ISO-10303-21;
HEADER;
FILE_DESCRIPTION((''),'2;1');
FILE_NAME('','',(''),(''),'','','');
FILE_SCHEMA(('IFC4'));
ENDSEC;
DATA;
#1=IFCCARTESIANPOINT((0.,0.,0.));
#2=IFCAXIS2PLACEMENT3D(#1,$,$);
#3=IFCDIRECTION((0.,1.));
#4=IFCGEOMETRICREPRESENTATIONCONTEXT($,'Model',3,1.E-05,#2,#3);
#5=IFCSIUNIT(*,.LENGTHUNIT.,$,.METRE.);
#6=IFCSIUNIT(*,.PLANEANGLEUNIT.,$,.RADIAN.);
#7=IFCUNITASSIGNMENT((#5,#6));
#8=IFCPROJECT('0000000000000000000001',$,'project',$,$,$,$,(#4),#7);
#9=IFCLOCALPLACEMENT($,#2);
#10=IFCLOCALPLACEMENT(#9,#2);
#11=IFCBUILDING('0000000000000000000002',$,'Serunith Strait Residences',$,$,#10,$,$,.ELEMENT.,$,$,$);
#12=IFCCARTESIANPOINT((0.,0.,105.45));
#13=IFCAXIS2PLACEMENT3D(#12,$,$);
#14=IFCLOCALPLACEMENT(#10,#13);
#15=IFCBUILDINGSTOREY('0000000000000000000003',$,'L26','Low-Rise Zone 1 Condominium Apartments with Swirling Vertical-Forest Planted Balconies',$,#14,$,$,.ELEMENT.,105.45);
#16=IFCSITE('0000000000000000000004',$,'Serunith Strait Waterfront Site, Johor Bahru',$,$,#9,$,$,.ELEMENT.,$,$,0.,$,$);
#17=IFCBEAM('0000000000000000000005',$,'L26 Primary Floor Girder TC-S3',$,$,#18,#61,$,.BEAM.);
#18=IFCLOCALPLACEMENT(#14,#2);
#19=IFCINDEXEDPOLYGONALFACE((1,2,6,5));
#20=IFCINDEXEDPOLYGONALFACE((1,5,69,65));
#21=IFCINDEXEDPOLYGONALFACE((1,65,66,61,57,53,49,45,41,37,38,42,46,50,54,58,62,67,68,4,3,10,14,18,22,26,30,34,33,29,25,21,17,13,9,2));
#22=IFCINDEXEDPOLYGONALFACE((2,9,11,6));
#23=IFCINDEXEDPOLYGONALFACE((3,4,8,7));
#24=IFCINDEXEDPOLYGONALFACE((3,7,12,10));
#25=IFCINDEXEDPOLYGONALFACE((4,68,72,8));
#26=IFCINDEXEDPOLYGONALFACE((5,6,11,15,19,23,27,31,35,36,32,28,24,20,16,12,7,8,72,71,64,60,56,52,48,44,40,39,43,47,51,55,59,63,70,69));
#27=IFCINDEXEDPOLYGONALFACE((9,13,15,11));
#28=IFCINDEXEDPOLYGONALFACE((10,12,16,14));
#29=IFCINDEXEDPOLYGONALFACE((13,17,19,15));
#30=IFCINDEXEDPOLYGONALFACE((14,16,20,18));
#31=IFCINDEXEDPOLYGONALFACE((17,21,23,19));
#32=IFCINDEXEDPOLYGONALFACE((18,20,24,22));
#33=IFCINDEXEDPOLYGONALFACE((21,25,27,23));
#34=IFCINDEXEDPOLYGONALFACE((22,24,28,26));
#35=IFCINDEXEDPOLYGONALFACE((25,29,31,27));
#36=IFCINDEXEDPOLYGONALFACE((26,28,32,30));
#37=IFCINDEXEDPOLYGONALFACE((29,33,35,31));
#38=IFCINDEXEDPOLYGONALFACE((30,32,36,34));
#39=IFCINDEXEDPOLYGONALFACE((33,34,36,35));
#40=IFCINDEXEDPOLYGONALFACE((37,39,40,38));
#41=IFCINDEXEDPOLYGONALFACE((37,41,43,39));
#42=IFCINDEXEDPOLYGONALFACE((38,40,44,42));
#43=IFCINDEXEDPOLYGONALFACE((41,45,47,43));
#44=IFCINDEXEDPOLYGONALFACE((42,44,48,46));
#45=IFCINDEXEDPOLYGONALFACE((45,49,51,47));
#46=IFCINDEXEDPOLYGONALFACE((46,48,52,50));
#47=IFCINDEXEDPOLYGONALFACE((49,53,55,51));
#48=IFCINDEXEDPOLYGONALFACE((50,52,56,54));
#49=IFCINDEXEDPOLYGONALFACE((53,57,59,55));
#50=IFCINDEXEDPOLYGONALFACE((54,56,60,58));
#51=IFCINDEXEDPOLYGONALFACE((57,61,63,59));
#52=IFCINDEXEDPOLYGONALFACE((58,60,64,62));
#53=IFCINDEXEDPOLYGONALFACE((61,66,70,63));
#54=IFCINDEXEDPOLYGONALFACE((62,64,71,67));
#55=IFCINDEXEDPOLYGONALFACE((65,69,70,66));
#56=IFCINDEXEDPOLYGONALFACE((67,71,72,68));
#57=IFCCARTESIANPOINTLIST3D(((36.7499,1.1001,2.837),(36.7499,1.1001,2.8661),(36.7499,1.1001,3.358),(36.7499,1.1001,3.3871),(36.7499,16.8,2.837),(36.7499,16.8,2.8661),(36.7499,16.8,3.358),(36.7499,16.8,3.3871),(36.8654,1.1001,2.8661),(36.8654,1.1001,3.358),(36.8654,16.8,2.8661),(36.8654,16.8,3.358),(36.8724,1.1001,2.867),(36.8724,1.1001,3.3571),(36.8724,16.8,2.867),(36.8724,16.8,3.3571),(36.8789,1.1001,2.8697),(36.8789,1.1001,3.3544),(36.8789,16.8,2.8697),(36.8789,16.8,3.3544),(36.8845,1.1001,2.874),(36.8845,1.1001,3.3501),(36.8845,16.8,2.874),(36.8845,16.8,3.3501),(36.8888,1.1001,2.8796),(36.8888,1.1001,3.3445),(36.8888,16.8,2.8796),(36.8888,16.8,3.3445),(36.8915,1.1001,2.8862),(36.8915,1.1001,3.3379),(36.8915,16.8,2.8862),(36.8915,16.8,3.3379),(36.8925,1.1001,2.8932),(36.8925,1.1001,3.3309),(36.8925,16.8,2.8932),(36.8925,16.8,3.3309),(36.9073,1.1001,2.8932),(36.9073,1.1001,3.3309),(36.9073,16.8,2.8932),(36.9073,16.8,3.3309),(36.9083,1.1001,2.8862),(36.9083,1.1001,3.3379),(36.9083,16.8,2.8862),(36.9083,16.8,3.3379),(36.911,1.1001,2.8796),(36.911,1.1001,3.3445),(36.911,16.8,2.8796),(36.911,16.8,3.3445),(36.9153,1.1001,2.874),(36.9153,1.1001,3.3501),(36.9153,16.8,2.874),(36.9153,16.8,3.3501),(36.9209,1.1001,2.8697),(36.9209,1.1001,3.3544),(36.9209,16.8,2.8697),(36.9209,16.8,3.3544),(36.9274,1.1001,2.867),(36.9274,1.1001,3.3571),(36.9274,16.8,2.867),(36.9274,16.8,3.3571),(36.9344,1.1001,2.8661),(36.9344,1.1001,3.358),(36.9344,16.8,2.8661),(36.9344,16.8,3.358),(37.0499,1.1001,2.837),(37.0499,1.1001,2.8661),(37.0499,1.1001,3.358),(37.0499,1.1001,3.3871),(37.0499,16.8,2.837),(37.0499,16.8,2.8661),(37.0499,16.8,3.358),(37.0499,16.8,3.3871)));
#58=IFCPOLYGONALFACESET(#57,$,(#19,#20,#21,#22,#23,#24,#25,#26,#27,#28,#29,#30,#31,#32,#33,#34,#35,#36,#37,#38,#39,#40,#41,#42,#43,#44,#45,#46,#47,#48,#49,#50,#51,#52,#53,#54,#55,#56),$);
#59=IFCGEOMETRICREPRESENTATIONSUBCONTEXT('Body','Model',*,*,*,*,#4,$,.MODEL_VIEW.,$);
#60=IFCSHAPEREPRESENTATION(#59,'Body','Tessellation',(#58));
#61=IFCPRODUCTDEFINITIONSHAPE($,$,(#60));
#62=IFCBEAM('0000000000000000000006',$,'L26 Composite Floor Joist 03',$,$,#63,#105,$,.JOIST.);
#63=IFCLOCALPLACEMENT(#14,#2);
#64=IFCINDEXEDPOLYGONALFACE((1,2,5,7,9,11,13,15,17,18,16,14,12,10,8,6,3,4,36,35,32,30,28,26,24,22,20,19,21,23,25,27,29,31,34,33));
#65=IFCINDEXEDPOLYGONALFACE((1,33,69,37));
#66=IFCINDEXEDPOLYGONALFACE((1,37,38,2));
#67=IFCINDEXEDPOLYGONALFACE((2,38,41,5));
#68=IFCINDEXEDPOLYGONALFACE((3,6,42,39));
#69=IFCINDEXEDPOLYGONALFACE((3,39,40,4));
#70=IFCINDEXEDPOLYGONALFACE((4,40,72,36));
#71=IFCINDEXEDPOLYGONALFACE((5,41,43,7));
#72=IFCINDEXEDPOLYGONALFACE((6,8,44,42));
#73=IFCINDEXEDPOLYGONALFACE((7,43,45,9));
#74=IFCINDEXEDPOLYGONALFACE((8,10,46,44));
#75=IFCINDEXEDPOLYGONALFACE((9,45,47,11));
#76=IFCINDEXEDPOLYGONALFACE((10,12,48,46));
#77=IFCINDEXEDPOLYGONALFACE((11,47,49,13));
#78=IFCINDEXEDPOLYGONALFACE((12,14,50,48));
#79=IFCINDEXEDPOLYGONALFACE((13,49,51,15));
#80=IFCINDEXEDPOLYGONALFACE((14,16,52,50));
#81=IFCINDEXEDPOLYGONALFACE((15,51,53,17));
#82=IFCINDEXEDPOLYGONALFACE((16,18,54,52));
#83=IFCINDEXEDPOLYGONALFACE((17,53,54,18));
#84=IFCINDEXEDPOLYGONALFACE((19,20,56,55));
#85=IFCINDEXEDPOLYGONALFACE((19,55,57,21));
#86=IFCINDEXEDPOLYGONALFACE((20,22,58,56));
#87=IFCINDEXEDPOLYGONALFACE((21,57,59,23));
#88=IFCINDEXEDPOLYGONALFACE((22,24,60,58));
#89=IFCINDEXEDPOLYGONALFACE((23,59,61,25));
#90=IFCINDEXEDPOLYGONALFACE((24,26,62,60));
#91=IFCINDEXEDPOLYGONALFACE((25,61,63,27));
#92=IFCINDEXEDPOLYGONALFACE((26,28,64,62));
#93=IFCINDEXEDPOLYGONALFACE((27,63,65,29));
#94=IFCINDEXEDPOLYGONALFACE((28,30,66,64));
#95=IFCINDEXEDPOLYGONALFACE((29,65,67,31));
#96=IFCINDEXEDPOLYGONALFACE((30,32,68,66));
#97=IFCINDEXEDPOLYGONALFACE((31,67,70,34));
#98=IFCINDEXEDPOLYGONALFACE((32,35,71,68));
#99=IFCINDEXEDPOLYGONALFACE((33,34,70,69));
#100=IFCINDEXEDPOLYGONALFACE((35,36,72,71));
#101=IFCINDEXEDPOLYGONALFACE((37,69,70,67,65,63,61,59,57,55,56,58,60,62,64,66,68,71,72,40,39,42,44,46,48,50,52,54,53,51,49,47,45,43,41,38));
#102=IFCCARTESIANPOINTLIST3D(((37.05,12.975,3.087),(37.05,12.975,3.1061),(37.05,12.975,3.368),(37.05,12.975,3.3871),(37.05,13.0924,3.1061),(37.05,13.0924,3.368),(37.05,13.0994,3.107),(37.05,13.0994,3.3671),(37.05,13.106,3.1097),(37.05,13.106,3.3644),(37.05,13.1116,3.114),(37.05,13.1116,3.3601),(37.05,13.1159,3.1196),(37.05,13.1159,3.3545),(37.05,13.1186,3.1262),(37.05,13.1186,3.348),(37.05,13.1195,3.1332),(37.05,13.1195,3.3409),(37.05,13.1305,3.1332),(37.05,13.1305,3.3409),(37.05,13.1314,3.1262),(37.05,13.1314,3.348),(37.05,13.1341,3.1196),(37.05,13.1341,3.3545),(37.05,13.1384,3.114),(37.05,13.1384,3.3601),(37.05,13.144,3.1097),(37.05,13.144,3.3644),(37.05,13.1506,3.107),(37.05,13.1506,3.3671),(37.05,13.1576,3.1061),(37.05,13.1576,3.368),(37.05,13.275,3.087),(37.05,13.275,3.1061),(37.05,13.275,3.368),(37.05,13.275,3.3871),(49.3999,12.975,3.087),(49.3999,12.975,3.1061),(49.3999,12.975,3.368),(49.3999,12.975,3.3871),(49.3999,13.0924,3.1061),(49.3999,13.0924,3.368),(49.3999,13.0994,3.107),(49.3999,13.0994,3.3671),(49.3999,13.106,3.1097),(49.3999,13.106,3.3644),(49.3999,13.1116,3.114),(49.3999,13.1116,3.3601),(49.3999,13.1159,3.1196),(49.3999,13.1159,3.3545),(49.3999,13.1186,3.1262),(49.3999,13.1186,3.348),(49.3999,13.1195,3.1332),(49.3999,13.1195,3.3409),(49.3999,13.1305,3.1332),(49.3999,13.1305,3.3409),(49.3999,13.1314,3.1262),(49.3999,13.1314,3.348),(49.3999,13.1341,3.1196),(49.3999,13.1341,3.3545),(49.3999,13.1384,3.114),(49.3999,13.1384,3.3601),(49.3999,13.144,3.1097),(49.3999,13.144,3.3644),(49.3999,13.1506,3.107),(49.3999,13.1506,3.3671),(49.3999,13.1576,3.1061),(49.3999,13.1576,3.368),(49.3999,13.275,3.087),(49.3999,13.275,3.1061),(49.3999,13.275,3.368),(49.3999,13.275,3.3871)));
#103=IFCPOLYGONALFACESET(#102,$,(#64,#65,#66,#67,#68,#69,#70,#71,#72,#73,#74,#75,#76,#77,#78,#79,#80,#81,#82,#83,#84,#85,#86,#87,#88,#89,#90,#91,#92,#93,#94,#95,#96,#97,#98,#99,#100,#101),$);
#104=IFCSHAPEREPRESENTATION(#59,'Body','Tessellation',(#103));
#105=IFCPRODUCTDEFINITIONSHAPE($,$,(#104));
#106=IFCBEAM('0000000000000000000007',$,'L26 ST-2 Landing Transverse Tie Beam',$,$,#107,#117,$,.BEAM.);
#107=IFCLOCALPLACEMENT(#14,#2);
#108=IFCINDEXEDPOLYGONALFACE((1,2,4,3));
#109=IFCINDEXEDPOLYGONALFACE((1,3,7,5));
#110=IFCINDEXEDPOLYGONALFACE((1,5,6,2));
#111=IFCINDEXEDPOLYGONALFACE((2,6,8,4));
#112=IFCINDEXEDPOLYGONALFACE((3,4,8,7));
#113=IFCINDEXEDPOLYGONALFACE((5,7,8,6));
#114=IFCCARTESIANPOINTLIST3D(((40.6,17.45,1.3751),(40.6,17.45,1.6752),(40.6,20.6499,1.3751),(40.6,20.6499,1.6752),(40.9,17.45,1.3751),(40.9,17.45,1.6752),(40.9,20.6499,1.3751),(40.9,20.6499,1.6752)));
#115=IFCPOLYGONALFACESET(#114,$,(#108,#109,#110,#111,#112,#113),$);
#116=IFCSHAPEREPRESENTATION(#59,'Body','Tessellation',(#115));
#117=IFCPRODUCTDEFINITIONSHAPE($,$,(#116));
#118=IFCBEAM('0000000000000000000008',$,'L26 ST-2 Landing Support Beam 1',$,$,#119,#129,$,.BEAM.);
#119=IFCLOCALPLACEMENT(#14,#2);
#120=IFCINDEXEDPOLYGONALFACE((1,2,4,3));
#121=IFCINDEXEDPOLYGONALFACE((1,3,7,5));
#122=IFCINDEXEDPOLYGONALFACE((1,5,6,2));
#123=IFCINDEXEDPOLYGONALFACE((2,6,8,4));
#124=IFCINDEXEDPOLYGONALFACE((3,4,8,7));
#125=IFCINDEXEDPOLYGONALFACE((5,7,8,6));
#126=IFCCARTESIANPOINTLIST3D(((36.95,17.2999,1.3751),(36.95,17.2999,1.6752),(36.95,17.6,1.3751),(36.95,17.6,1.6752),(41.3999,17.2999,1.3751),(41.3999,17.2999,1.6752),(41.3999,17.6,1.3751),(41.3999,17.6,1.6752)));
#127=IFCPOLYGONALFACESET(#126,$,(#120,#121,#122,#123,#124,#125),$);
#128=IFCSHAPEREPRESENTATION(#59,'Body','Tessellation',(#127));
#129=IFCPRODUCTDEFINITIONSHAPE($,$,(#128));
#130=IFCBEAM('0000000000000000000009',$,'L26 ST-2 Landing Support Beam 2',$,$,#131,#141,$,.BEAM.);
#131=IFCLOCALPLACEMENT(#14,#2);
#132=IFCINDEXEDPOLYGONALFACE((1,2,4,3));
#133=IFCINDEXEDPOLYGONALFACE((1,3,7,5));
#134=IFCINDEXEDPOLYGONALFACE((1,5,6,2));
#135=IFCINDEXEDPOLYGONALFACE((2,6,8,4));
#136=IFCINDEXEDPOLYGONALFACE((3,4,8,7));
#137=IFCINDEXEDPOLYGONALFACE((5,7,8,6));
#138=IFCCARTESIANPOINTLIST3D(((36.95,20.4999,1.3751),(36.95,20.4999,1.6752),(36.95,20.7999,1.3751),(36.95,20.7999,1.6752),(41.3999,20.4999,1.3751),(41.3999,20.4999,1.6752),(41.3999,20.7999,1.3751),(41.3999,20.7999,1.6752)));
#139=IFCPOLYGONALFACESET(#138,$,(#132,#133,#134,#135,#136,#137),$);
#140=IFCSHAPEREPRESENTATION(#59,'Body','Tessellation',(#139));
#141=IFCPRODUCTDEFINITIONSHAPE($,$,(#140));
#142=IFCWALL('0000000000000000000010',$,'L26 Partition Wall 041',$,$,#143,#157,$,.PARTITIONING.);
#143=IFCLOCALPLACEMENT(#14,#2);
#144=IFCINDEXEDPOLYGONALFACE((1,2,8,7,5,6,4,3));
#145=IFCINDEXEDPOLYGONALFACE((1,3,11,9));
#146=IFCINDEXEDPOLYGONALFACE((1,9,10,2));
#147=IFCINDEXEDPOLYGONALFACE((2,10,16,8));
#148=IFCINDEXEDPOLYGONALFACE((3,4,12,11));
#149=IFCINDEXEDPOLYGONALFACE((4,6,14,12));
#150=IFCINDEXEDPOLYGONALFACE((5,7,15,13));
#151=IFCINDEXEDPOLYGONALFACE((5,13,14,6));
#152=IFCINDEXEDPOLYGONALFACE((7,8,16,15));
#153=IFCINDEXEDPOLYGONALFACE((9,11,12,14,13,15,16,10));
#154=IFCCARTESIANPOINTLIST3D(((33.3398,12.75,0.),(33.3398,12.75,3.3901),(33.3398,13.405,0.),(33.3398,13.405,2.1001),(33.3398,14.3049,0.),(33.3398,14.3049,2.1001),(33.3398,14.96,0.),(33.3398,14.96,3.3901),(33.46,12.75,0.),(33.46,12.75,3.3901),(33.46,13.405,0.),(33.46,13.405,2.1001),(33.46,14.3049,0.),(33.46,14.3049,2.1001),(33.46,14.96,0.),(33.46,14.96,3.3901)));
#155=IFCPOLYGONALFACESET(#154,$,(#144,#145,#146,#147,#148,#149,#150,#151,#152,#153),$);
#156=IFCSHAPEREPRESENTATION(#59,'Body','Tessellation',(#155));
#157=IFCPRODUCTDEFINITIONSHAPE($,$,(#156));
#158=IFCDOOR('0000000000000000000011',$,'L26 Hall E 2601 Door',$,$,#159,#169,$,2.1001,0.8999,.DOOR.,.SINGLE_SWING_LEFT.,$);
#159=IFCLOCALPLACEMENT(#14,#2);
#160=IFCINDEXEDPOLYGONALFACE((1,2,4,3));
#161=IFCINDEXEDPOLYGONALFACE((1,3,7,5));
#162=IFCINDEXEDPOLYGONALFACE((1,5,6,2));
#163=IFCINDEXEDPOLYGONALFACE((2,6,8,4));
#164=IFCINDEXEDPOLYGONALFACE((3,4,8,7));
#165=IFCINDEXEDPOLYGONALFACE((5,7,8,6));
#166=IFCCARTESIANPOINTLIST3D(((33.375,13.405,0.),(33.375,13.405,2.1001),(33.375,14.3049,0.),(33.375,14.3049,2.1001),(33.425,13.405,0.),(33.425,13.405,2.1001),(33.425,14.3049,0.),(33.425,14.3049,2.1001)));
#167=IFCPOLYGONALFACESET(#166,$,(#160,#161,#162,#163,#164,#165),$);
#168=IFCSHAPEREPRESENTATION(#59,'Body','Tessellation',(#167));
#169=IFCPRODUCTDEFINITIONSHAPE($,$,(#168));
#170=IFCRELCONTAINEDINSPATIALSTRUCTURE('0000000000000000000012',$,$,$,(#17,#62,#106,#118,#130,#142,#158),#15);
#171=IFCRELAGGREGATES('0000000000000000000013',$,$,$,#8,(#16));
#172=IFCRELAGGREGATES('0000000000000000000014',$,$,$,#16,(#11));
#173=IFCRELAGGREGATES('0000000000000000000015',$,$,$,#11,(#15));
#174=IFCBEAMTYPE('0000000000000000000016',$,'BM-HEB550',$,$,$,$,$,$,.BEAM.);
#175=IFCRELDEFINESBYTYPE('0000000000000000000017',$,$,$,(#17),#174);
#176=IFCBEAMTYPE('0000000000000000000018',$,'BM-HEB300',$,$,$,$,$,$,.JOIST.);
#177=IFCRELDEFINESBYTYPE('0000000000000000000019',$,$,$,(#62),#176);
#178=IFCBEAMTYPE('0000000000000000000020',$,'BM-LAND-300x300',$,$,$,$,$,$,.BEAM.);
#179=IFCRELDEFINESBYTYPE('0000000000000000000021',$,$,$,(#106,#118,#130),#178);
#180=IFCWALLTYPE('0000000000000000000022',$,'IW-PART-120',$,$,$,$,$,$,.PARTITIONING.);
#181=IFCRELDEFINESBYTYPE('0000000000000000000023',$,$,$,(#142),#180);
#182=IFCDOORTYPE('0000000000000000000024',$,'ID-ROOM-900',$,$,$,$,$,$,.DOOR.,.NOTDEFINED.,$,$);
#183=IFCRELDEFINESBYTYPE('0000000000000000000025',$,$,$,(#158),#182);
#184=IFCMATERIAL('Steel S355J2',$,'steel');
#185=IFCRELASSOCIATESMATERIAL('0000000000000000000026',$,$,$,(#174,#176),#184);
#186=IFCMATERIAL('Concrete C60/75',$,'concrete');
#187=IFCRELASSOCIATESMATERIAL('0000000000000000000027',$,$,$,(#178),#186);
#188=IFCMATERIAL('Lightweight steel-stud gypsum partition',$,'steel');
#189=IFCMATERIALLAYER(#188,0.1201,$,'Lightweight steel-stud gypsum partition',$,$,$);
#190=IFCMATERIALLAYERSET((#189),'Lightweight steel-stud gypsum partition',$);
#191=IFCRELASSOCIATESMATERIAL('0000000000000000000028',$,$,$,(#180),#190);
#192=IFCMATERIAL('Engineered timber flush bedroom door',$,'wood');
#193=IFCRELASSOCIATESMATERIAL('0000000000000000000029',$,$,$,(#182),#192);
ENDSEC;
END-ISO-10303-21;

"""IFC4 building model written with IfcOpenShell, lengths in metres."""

from ifc_helpers import new_model, si_unit, direction, frame, frame_2d, origin, origin_2d, place, context, subcontext, project, spatial, rectangle, i_section, extrude, source, transform, mapped, material, layer, layer_set, material_profile, profile_set, type_object, element, fill, save


model = new_model("IFC4")

# Units and contexts
model_context = context("Model", 3, precision=1e-05, world=origin(), true_north=direction((0.0, 1.0)))
body_context = subcontext(model_context, "Body", "Model", "MODEL_VIEW")
ifc_project = project(units=[si_unit("LENGTHUNIT", "METRE"), si_unit("PLANEANGLEUNIT", "RADIAN")], contexts=[model_context])

# Site, building, storey
site_placement = place(None, origin())
site = spatial("IfcSite", under=ifc_project, at=site_placement, Name="Serunith Strait Waterfront Site, Johor Bahru", CompositionType="ELEMENT", RefElevation=0.0)
building_placement = place(site_placement, origin())
building = spatial("IfcBuilding", under=site, at=building_placement, Name="Serunith Strait Residences", CompositionType="ELEMENT")
storey_placement = place(building_placement, frame((0.0, 0.0, 105.45)))
storey = spatial("IfcBuildingStorey", under=building, at=storey_placement, Name="L26", Description="Low-Rise Zone 1 Condominium Apartments with Swirling Vertical-Forest Planted Balconies", CompositionType="ELEMENT", Elevation=105.45)

# Beams
ifc_material_1 = material(Name="Steel S355J2", Category="steel")
ifc_material_profile_1 = material_profile(ifc_material_1, i_section(OverallWidth=0.3, OverallDepth=0.55, WebThickness=0.0149, FlangeThickness=0.0291, FilletRadius=0.0271, at=origin_2d()), Name="HEB 550")
ifc_profile_set_1 = profile_set([ifc_material_profile_1], Name="Steel S355J2")
beam_type_1 = type_object("IfcBeamType", Name="BM-HEB550", PredefinedType="BEAM", material=ifc_profile_set_1)
shared_shape_1 = source(origin(), body_context, "Body", "SweptSolid", [
    extrude(i_section(OverallWidth=0.3, OverallDepth=0.55, WebThickness=0.0149, FlangeThickness=0.0291, FilletRadius=0.0271, at=origin_2d()), origin(), (0.0, 0.0, 1.0), 15.7),
])
beam_1_placement = place(storey_placement, frame((36.8999, 16.8, 3.1121), z_axis=(0.0, -1.0, 0.0), x_axis=(1.0, 0.0, 0.0)))
element("IfcBeam", 1, at=beam_1_placement, inside=storey, type_object=beam_type_1, Name="L26 Primary Floor Girder TC-S3", PredefinedType="BEAM", context=body_context, shape_type="MappedRepresentation", body=[
    mapped(shared_shape_1, transform((0.0, 0.0, 0.0), scale=1.0)),
])
ifc_material_profile_2 = material_profile(ifc_material_1, i_section(OverallWidth=0.3, OverallDepth=0.3, WebThickness=0.011, FlangeThickness=0.019, FilletRadius=0.0271, at=origin_2d()), Name="HEB 300")
ifc_profile_set_2 = profile_set([ifc_material_profile_2], Name="Steel S355J2")
beam_type_2 = type_object("IfcBeamType", Name="BM-HEB300", PredefinedType="JOIST", material=ifc_profile_set_2)
shared_shape_2 = source(origin(), body_context, "Body", "SweptSolid", [
    extrude(i_section(OverallWidth=0.3, OverallDepth=0.3, WebThickness=0.011, FlangeThickness=0.019, FilletRadius=0.0271, at=origin_2d()), origin(), (0.0, 0.0, 1.0), 12.3499),
])
beam_2_placement = place(storey_placement, frame((37.05, 13.125, 3.2371), z_axis=(1.0, 0.0, 0.0), x_axis=(0.0, 1.0, 0.0)))
element("IfcBeam", 2, at=beam_2_placement, inside=storey, type_object=beam_type_2, Name="L26 Composite Floor Joist 03", PredefinedType="JOIST", context=body_context, shape_type="MappedRepresentation", body=[
    mapped(shared_shape_2, transform((0.0, 0.0, 0.0), scale=1.0)),
])
ifc_material_2 = material(Name="Concrete C60/75", Category="concrete")
ifc_material_profile_3 = material_profile(ifc_material_2, rectangle(XDim=0.3, YDim=0.3, at=origin_2d()), Name="RC 300x300")
ifc_profile_set_3 = profile_set([ifc_material_profile_3], Name="Concrete C60/75")
beam_type_3 = type_object("IfcBeamType", Name="BM-LAND-300x300", PredefinedType="BEAM", material=ifc_profile_set_3)
shared_shape_3 = source(origin(), body_context, "Body", "SweptSolid", [
    extrude(rectangle(XDim=0.3, YDim=0.3, at=origin_2d()), origin(), (0.0, 0.0, 1.0), 3.2),
])
beam_3_placement = place(storey_placement, frame((40.75, 17.45, 1.5251), z_axis=(0.0, 1.0, 0.0), x_axis=(-1.0, 0.0, 0.0)))
element("IfcBeam", 3, at=beam_3_placement, inside=storey, type_object=beam_type_3, Name="L26 ST-2 Landing Transverse Tie Beam", PredefinedType="BEAM", context=body_context, shape_type="MappedRepresentation", body=[
    mapped(shared_shape_3, transform((0.0, 0.0, 0.0), scale=1.0)),
])
shared_shape_4 = source(origin(), body_context, "Body", "SweptSolid", [
    extrude(rectangle(XDim=0.3, YDim=0.3, at=origin_2d()), origin(), (0.0, 0.0, 1.0), 4.45),
])
for number, where, z_axis, x_axis, name in (
    (4, (36.95, 17.45, 1.5251), (1.0, 0.0, 0.0), (0.0, 1.0, 0.0), "L26 ST-2 Landing Support Beam 1"),
    (5, (36.95, 20.6499, 1.5251), (1.0, 0.0, 0.0), (0.0, 1.0, 0.0), "L26 ST-2 Landing Support Beam 2"),
):
    element("IfcBeam", number, at=place(storey_placement, frame(where, z_axis=z_axis, x_axis=x_axis)), inside=storey, type_object=beam_type_3, Name=name, PredefinedType="BEAM", context=body_context, shape_type="MappedRepresentation", body=[
        mapped(shared_shape_4, transform((0.0, 0.0, 0.0), scale=1.0)),
    ])

# Wall, opening, door
ifc_material_3 = material(Name="Lightweight steel-stud gypsum partition", Category="steel")
ifc_layer_1 = layer(ifc_material_3, 0.1201, Name="Lightweight steel-stud gypsum partition")
ifc_layer_set_1 = layer_set([ifc_layer_1], Name="Lightweight steel-stud gypsum partition")
wall_type_1 = type_object("IfcWallType", Name="IW-PART-120", PredefinedType="PARTITIONING", material=ifc_layer_set_1)
wall_1_placement = place(storey_placement, frame((33.3999, 12.75, 0.0), z_axis=(0.0, 0.0, 1.0), x_axis=(0.0, 1.0, 0.0)))
wall_1 = element("IfcWall", 6, at=wall_1_placement, inside=storey, type_object=wall_type_1, Name="L26 Partition Wall 041", PredefinedType="PARTITIONING", context=body_context, shape_type="SweptSolid", body=[
    extrude(rectangle(XDim=2.21, YDim=0.1201, at=frame_2d((1.105, 0.0))), origin(), (0.0, 0.0, 1.0), 3.3901),
])
opening_1_placement = place(wall_1_placement, frame((0.655, 0.0, 0.0)))
opening_1 = element("IfcOpeningElement", 7, at=opening_1_placement, cuts=wall_1, PredefinedType="OPENING", context=body_context, shape_type="SweptSolid", body=[
    extrude(rectangle(XDim=0.8999, YDim=2.1001, at=frame_2d((0.45, 1.05))), frame((0.0, 0.0701, 0.0), z_axis=(0.0, -1.0, 0.0), x_axis=(1.0, 0.0, 0.0)), (0.0, 0.0, 1.0), 0.1401),
])
ifc_material_4 = material(Name="Engineered timber flush bedroom door", Category="wood")
door_type_1 = type_object("IfcDoorType", Name="ID-ROOM-900", OperationType="NOTDEFINED", PredefinedType="DOOR", material=ifc_material_4)
shared_shape_5 = source(origin(), body_context, "Body", "SweptSolid", [
    extrude(rectangle(XDim=0.8999, YDim=2.1001, at=frame_2d((0.45, 1.05))), frame((0.0, 0.0249, 0.0), z_axis=(0.0, -1.0, 0.0), x_axis=(1.0, 0.0, 0.0)), (0.0, 0.0, 1.0), 0.05),
])
door_1_placement = place(opening_1_placement, origin())
door_1 = element("IfcDoor", 8, at=door_1_placement, inside=storey, type_object=door_type_1, Name="L26 Hall E 2601 Door", OperationType="SINGLE_SWING_LEFT", OverallHeight=2.1001, OverallWidth=0.8999, PredefinedType="DOOR", context=body_context, shape_type="MappedRepresentation", body=[
    mapped(shared_shape_5, transform((0.0, 0.0, 0.0), scale=1.0)),
])
fill(opening_1, door_1)

save(model, "model.ifc")
